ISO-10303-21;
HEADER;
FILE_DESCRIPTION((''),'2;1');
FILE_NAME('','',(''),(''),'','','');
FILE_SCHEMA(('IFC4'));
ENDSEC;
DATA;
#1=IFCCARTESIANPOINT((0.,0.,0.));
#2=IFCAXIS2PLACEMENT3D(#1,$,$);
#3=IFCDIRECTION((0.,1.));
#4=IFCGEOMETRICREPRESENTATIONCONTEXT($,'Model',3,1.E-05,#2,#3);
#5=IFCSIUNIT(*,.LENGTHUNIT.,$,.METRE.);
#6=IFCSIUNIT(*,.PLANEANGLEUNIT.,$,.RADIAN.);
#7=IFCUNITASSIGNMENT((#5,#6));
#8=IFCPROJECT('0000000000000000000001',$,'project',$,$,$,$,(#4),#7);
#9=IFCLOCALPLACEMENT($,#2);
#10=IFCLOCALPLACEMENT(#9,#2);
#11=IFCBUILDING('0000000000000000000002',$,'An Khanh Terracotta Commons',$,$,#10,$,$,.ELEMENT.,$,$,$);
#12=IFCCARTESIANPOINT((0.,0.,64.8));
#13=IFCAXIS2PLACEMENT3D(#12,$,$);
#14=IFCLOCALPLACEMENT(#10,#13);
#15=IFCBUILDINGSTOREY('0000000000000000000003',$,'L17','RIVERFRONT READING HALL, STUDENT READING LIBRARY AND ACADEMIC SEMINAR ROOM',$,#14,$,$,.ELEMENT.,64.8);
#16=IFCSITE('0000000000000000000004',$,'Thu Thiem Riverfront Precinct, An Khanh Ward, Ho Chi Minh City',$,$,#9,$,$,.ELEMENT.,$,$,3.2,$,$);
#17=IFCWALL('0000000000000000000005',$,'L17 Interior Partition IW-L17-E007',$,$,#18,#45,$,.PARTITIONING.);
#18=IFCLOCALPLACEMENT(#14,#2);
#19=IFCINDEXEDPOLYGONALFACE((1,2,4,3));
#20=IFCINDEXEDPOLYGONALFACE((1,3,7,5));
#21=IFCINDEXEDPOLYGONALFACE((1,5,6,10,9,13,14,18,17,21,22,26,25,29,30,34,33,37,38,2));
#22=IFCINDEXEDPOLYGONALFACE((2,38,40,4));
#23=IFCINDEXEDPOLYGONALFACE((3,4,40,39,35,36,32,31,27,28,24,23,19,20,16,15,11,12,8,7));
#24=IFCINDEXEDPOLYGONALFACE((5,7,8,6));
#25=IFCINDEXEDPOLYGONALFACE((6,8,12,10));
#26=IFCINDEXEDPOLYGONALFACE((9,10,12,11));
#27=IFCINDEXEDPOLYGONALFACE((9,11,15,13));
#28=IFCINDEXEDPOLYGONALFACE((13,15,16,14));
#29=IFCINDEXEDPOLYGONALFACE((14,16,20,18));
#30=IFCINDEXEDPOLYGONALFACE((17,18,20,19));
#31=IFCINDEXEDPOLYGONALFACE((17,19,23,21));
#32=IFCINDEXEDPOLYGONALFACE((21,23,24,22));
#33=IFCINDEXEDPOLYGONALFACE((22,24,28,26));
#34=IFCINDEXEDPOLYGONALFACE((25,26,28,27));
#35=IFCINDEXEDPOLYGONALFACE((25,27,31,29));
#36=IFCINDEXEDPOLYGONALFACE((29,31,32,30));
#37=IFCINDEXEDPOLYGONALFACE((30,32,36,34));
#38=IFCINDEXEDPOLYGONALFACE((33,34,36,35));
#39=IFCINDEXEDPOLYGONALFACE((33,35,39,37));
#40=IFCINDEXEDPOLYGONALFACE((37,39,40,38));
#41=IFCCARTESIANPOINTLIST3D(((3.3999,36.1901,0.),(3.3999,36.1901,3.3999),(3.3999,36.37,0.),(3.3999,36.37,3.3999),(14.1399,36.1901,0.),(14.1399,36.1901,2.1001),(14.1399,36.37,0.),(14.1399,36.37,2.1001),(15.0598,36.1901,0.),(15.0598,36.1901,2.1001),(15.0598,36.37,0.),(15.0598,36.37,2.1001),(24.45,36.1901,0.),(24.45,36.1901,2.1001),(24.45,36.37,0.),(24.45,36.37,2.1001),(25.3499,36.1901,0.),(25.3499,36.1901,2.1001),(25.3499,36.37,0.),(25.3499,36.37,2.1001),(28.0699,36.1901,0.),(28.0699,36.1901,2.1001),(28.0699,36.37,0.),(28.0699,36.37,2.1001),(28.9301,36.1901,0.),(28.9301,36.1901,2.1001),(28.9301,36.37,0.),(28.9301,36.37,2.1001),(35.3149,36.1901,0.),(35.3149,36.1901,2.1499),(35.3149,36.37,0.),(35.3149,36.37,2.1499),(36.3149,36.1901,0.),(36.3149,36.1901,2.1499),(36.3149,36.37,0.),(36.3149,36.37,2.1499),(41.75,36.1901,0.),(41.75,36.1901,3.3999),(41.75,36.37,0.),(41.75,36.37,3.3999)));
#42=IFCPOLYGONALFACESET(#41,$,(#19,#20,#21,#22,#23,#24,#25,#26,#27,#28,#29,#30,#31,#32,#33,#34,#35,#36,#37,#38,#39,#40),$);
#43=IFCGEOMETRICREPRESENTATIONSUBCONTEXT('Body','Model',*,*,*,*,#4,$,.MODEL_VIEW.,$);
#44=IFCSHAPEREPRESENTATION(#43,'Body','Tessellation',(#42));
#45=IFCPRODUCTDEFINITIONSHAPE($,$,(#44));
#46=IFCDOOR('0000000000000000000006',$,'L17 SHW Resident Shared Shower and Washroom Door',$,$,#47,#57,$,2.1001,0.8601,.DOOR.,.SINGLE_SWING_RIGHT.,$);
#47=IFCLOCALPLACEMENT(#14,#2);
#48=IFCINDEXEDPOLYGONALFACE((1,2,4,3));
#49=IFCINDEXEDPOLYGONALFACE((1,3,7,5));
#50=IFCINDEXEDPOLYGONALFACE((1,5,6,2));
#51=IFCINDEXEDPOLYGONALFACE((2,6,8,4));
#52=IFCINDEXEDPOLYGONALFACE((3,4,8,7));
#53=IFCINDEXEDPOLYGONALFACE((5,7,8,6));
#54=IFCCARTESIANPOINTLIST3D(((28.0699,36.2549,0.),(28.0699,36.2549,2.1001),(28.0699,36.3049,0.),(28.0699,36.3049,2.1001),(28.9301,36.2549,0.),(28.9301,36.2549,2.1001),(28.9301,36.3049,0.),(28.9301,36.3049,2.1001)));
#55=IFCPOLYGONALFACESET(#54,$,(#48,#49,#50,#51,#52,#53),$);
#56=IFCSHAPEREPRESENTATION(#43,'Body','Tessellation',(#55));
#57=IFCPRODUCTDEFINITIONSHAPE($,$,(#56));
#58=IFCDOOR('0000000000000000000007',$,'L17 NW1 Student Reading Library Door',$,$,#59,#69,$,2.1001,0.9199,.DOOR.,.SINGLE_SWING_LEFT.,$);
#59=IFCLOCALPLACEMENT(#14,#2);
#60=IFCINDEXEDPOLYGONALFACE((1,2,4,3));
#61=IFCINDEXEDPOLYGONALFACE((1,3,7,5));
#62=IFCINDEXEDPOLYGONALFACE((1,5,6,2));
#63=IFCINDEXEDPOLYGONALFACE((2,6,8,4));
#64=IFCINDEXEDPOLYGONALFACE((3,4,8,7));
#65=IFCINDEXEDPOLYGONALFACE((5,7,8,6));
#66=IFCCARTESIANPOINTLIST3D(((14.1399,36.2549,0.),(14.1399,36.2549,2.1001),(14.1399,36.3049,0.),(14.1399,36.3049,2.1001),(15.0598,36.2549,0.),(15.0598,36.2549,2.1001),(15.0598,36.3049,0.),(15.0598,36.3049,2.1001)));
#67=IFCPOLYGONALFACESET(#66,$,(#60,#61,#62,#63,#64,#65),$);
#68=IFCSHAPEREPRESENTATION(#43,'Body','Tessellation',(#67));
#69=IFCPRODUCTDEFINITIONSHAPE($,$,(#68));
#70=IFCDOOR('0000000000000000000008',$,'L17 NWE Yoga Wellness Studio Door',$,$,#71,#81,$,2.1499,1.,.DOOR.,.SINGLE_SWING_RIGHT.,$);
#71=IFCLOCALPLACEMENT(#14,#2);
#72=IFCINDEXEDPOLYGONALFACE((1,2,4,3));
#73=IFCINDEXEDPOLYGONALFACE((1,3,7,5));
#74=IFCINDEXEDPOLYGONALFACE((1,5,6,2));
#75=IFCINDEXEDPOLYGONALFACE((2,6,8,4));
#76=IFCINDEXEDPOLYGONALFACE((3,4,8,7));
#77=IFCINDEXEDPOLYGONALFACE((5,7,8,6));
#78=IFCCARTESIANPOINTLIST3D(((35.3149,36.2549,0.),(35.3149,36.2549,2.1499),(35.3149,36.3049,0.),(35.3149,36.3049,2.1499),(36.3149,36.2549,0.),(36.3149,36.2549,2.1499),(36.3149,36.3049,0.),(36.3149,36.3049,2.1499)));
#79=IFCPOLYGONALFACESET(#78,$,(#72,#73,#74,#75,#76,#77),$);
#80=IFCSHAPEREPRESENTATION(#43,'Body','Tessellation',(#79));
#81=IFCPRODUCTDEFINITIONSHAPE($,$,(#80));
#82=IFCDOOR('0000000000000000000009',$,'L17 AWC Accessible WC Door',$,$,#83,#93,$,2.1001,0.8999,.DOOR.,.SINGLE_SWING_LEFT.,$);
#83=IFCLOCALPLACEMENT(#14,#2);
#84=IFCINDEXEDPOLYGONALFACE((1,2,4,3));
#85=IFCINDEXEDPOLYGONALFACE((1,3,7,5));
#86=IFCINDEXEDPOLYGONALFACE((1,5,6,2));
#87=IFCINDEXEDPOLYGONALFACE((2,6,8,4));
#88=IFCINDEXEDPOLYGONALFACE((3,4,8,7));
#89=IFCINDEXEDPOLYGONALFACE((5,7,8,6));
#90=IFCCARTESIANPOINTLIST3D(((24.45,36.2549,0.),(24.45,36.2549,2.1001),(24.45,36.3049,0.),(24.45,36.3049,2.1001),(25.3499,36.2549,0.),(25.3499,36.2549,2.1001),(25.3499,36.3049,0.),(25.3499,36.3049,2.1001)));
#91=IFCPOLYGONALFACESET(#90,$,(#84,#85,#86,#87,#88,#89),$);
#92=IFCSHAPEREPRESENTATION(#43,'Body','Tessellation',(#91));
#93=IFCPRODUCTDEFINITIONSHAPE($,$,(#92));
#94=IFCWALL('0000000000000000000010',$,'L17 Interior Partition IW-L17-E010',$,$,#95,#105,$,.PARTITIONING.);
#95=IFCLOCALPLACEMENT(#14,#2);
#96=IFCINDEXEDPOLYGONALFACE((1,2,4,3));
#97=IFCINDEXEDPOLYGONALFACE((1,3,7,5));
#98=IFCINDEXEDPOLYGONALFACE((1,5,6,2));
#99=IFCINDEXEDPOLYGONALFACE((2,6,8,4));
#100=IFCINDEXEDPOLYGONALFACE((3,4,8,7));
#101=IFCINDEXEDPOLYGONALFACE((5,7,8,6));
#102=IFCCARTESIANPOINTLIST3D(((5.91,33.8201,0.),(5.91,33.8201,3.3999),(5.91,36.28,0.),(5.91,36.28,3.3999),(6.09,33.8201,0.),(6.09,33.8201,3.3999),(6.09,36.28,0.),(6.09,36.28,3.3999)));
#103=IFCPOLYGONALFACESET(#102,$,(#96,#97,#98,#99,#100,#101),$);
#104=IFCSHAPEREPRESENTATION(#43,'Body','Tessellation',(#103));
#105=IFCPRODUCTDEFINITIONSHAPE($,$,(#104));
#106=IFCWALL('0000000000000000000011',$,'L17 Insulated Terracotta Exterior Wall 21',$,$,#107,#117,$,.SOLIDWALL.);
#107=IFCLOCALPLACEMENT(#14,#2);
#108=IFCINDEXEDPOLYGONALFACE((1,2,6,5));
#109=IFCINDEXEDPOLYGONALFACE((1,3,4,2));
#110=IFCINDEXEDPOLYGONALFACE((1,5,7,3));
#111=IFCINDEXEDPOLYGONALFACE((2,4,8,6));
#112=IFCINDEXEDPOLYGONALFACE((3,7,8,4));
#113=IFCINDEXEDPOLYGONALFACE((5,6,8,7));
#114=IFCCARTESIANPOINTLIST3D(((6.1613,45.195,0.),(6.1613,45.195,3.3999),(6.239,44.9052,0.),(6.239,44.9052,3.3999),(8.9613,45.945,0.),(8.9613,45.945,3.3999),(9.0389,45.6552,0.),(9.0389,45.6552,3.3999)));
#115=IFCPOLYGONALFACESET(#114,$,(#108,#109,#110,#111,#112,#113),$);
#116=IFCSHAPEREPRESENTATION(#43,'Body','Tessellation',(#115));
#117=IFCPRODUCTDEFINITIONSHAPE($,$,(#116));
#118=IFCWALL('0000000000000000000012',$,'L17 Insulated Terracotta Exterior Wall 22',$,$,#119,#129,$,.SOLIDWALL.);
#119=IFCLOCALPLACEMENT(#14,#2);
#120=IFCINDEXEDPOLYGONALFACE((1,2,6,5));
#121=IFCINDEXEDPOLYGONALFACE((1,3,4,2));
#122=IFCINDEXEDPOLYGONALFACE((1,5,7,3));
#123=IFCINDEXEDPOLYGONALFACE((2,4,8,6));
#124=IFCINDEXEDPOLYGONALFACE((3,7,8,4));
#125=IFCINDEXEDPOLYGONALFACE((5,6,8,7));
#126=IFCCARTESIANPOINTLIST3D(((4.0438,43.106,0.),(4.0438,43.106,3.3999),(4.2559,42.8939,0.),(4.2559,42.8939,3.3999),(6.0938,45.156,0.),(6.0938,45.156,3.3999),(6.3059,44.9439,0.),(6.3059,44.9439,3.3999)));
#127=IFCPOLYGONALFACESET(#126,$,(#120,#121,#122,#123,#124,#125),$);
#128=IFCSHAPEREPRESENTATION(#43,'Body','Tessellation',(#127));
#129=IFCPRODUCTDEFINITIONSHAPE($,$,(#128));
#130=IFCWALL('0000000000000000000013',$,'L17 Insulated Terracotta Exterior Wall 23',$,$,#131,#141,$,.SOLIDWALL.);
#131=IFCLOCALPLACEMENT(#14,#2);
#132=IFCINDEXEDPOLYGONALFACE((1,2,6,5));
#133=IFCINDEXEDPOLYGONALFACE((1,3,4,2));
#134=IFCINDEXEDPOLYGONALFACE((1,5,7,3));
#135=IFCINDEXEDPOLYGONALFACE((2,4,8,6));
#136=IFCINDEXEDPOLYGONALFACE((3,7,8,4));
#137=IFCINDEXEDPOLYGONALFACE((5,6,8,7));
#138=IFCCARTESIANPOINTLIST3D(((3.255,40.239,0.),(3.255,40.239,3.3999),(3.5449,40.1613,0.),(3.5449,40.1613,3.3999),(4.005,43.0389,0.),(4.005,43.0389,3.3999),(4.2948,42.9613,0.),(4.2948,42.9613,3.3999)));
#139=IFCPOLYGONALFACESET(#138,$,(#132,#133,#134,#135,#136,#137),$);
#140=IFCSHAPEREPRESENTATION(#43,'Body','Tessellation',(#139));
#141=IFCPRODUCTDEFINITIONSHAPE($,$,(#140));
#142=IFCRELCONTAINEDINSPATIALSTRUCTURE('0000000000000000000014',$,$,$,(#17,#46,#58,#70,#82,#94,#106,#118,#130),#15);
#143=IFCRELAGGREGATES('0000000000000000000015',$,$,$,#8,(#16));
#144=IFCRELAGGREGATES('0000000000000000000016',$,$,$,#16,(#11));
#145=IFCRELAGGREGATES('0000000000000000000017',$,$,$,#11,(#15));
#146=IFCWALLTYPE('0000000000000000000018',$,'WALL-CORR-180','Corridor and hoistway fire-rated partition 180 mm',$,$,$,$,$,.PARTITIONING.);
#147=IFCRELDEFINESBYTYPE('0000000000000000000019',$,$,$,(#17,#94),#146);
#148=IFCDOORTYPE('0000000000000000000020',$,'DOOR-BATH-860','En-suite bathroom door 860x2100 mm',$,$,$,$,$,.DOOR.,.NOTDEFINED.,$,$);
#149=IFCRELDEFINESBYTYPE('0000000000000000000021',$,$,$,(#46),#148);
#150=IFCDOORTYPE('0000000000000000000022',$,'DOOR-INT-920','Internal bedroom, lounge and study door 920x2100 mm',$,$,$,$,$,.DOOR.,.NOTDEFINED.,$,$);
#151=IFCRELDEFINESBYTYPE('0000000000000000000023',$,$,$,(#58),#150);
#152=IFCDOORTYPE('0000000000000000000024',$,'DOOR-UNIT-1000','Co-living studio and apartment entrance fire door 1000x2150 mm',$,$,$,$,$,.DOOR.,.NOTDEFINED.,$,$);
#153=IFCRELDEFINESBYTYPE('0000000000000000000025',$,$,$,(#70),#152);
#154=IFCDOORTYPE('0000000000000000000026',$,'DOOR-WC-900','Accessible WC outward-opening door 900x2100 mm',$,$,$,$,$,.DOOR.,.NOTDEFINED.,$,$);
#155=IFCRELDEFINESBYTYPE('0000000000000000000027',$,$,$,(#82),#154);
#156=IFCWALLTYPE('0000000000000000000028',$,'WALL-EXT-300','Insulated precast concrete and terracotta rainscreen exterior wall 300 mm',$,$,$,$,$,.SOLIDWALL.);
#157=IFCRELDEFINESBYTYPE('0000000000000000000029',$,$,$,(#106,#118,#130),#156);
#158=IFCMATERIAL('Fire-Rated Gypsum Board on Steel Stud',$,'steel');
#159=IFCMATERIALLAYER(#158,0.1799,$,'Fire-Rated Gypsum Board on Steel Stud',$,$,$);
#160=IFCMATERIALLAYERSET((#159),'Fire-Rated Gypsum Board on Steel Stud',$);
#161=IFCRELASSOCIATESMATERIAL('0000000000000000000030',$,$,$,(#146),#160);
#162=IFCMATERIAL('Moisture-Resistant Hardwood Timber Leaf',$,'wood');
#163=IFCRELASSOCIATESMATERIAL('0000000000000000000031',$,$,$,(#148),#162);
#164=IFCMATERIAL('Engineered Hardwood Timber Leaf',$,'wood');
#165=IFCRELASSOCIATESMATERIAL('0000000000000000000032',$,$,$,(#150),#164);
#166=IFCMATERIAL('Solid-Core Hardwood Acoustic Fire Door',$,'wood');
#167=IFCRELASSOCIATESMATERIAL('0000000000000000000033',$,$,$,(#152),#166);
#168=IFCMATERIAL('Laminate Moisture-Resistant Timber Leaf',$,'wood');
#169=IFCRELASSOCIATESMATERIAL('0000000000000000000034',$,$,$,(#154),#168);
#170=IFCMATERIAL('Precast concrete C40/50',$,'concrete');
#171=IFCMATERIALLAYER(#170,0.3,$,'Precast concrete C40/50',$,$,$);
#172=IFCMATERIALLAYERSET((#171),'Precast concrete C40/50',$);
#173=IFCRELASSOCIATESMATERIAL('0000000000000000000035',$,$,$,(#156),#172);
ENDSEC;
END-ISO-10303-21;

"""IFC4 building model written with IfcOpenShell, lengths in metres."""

from ifc_helpers import new_model, si_unit, direction, frame, frame_2d, origin, place, context, subcontext, project, spatial, rectangle, extrude, material, layer, layer_set, type_object, element, fill, save


model = new_model("IFC4")

# Units and contexts
model_context = context("Model", 3, precision=1e-05, world=origin(), true_north=direction((0.0, 1.0)))
body_context = subcontext(model_context, "Body", "Model", "MODEL_VIEW")
ifc_project = project(units=[si_unit("LENGTHUNIT", "METRE"), si_unit("PLANEANGLEUNIT", "RADIAN")], contexts=[model_context])

# Site, building, storey
site_placement = place(None, origin())
site = spatial("IfcSite", under=ifc_project, at=site_placement, Name="Thu Thiem Riverfront Precinct, An Khanh Ward, Ho Chi Minh City", CompositionType="ELEMENT", RefElevation=3.2)
building_placement = place(site_placement, origin())
building = spatial("IfcBuilding", under=site, at=building_placement, Name="An Khanh Terracotta Commons", CompositionType="ELEMENT")
storey_placement = place(building_placement, frame((0.0, 0.0, 64.8)))
storey = spatial("IfcBuildingStorey", under=building, at=storey_placement, Name="L17", Description="RIVERFRONT READING HALL, STUDENT READING LIBRARY AND ACADEMIC SEMINAR ROOM", CompositionType="ELEMENT", Elevation=64.8)

# Wall, openings, doors
ifc_material_1 = material(Name="Fire-Rated Gypsum Board on Steel Stud", Category="steel")
ifc_layer_1 = layer(ifc_material_1, 0.1799, Name="Fire-Rated Gypsum Board on Steel Stud")
ifc_layer_set_1 = layer_set([ifc_layer_1], Name="Fire-Rated Gypsum Board on Steel Stud")
wall_type_1 = type_object("IfcWallType", Name="WALL-CORR-180", Description="Corridor and hoistway fire-rated partition 180 mm", PredefinedType="PARTITIONING", material=ifc_layer_set_1)
wall_1_placement = place(storey_placement, frame((3.3999, 36.28, 0.0), z_axis=(0.0, 0.0, 1.0), x_axis=(1.0, 0.0, 0.0)))
wall_1 = element("IfcWall", 1, at=wall_1_placement, inside=storey, type_object=wall_type_1, Name="L17 Interior Partition IW-L17-E007", PredefinedType="PARTITIONING", context=body_context, shape_type="SweptSolid", body=[
    extrude(rectangle(XDim=38.3501, YDim=0.1799, at=frame_2d((19.175, 0.0))), origin(), (0.0, 0.0, 1.0), 3.3999),
])
opening_1_placement = place(wall_1_placement, frame((21.05, 0.0, 0.0)))
opening_1 = element("IfcOpeningElement", 2, at=opening_1_placement, cuts=wall_1, PredefinedType="OPENING", context=body_context, shape_type="SweptSolid", body=[
    extrude(rectangle(XDim=0.8999, YDim=2.1001, at=frame_2d((0.45, 1.05))), frame((0.0, 0.0999, 0.0), z_axis=(0.0, -1.0, 0.0), x_axis=(1.0, 0.0, 0.0)), (0.0, 0.0, 1.0), 0.2),
])
opening_2_placement = place(wall_1_placement, frame((24.6699, 0.0, 0.0)))
opening_2 = element("IfcOpeningElement", 3, at=opening_2_placement, cuts=wall_1, PredefinedType="OPENING", context=body_context, shape_type="SweptSolid", body=[
    extrude(rectangle(XDim=0.8601, YDim=2.1001, at=frame_2d((0.4302, 1.05))), frame((0.0, 0.0999, 0.0), z_axis=(0.0, -1.0, 0.0), x_axis=(1.0, 0.0, 0.0)), (0.0, 0.0, 1.0), 0.2),
])
opening_3_placement = place(wall_1_placement, frame((10.74, 0.0, 0.0)))
opening_3 = element("IfcOpeningElement", 4, at=opening_3_placement, cuts=wall_1, PredefinedType="OPENING", context=body_context, shape_type="SweptSolid", body=[
    extrude(rectangle(XDim=0.9199, YDim=2.1001, at=frame_2d((0.46, 1.05))), frame((0.0, 0.0999, 0.0), z_axis=(0.0, -1.0, 0.0), x_axis=(1.0, 0.0, 0.0)), (0.0, 0.0, 1.0), 0.2),
])
opening_4_placement = place(wall_1_placement, frame((31.915, 0.0, 0.0)))
opening_4 = element("IfcOpeningElement", 5, at=opening_4_placement, cuts=wall_1, PredefinedType="OPENING", context=body_context, shape_type="SweptSolid", body=[
    extrude(rectangle(XDim=1.0, YDim=2.1499, at=frame_2d((0.5, 1.075))), frame((0.0, 0.0999, 0.0), z_axis=(0.0, -1.0, 0.0), x_axis=(1.0, 0.0, 0.0)), (0.0, 0.0, 1.0), 0.2),
])
ifc_material_2 = material(Name="Moisture-Resistant Hardwood Timber Leaf", Category="wood")
door_type_1 = type_object("IfcDoorType", Name="DOOR-BATH-860", Description="En-suite bathroom door 860x2100 mm", OperationType="NOTDEFINED", PredefinedType="DOOR", material=ifc_material_2)
door_1_placement = place(opening_2_placement, origin())
door_1 = element("IfcDoor", 6, at=door_1_placement, inside=storey, type_object=door_type_1, Name="L17 SHW Resident Shared Shower and Washroom Door", OperationType="SINGLE_SWING_RIGHT", OverallHeight=2.1001, OverallWidth=0.8601, PredefinedType="DOOR", context=body_context, shape_type="SweptSolid", body=[
    extrude(rectangle(XDim=0.8601, YDim=2.1001, at=frame_2d((0.4302, 1.05))), frame((0.0, 0.0249, 0.0), z_axis=(0.0, -1.0, 0.0), x_axis=(1.0, 0.0, 0.0)), (0.0, 0.0, 1.0), 0.05),
])
fill(opening_2, door_1)
ifc_material_3 = material(Name="Engineered Hardwood Timber Leaf", Category="wood")
door_type_2 = type_object("IfcDoorType", Name="DOOR-INT-920", Description="Internal bedroom, lounge and study door 920x2100 mm", OperationType="NOTDEFINED", PredefinedType="DOOR", material=ifc_material_3)
door_2_placement = place(opening_3_placement, origin())
door_2 = element("IfcDoor", 7, at=door_2_placement, inside=storey, type_object=door_type_2, Name="L17 NW1 Student Reading Library Door", OperationType="SINGLE_SWING_LEFT", OverallHeight=2.1001, OverallWidth=0.9199, PredefinedType="DOOR", context=body_context, shape_type="SweptSolid", body=[
    extrude(rectangle(XDim=0.9199, YDim=2.1001, at=frame_2d((0.46, 1.05))), frame((0.0, 0.0249, 0.0), z_axis=(0.0, -1.0, 0.0), x_axis=(1.0, 0.0, 0.0)), (0.0, 0.0, 1.0), 0.05),
])
fill(opening_3, door_2)
ifc_material_4 = material(Name="Solid-Core Hardwood Acoustic Fire Door", Category="wood")
door_type_3 = type_object("IfcDoorType", Name="DOOR-UNIT-1000", Description="Co-living studio and apartment entrance fire door 1000x2150 mm", OperationType="NOTDEFINED", PredefinedType="DOOR", material=ifc_material_4)
door_3_placement = place(opening_4_placement, origin())
door_3 = element("IfcDoor", 8, at=door_3_placement, inside=storey, type_object=door_type_3, Name="L17 NWE Yoga Wellness Studio Door", OperationType="SINGLE_SWING_RIGHT", OverallHeight=2.1499, OverallWidth=1.0, PredefinedType="DOOR", context=body_context, shape_type="SweptSolid", body=[
    extrude(rectangle(XDim=1.0, YDim=2.1499, at=frame_2d((0.5, 1.075))), frame((0.0, 0.0249, 0.0), z_axis=(0.0, -1.0, 0.0), x_axis=(1.0, 0.0, 0.0)), (0.0, 0.0, 1.0), 0.05),
])
fill(opening_4, door_3)
ifc_material_5 = material(Name="Laminate Moisture-Resistant Timber Leaf", Category="wood")
door_type_4 = type_object("IfcDoorType", Name="DOOR-WC-900", Description="Accessible WC outward-opening door 900x2100 mm", OperationType="NOTDEFINED", PredefinedType="DOOR", material=ifc_material_5)
door_4_placement = place(opening_1_placement, origin())
door_4 = element("IfcDoor", 9, at=door_4_placement, inside=storey, type_object=door_type_4, Name="L17 AWC Accessible WC Door", OperationType="SINGLE_SWING_LEFT", OverallHeight=2.1001, OverallWidth=0.8999, PredefinedType="DOOR", context=body_context, shape_type="SweptSolid", body=[
    extrude(rectangle(XDim=0.8999, YDim=2.1001, at=frame_2d((0.45, 1.05))), frame((0.0, 0.0249, 0.0), z_axis=(0.0, -1.0, 0.0), x_axis=(1.0, 0.0, 0.0)), (0.0, 0.0, 1.0), 0.05),
])
fill(opening_1, door_4)

# Walls
wall_2_placement = place(storey_placement, frame((6.0, 33.8201, 0.0), z_axis=(0.0, 0.0, 1.0), x_axis=(0.0, 1.0, 0.0)))
element("IfcWall", 10, at=wall_2_placement, inside=storey, type_object=wall_type_1, Name="L17 Interior Partition IW-L17-E010", PredefinedType="PARTITIONING", context=body_context, shape_type="SweptSolid", body=[
    extrude(rectangle(XDim=2.46, YDim=0.1799, at=frame_2d((1.23, 0.0))), origin(), (0.0, 0.0, 1.0), 3.3999),
])
ifc_material_6 = material(Name="Precast concrete C40/50", Category="concrete")
ifc_layer_2 = layer(ifc_material_6, 0.3, Name="Precast concrete C40/50")
ifc_layer_set_2 = layer_set([ifc_layer_2], Name="Precast concrete C40/50")
wall_type_2 = type_object("IfcWallType", Name="WALL-EXT-300", Description="Insulated precast concrete and terracotta rainscreen exterior wall 300 mm", PredefinedType="SOLIDWALL", material=ifc_layer_set_2)
wall_3_placement = place(storey_placement, frame((9.0, 45.8, 0.0), z_axis=(0.0, 0.0, 1.0), x_axis=(-0.965949, -0.258732, 0.0)))
element("IfcWall", 11, at=wall_3_placement, inside=storey, type_object=wall_type_2, Name="L17 Insulated Terracotta Exterior Wall 21", PredefinedType="SOLIDWALL", context=body_context, shape_type="SweptSolid", body=[
    extrude(rectangle(XDim=2.8987, YDim=0.3, at=frame_2d((1.4492, 0.0))), origin(), (0.0, 0.0, 1.0), 3.3999),
])
wall_4_placement = place(storey_placement, frame((6.2, 45.05, 0.0), z_axis=(0.0, 0.0, 1.0), x_axis=(-0.707107, -0.707107, 0.0)))
element("IfcWall", 12, at=wall_4_placement, inside=storey, type_object=wall_type_2, Name="L17 Insulated Terracotta Exterior Wall 22", PredefinedType="SOLIDWALL", context=body_context, shape_type="SweptSolid", body=[
    extrude(rectangle(XDim=2.8992, YDim=0.3, at=frame_2d((1.4497, 0.0))), origin(), (0.0, 0.0, 1.0), 3.3999),
])
wall_5_placement = place(storey_placement, frame((4.1499, 43.0, 0.0), z_axis=(0.0, 0.0, 1.0), x_axis=(-0.258732, -0.965949, 0.0)))
element("IfcWall", 13, at=wall_5_placement, inside=storey, type_object=wall_type_2, Name="L17 Insulated Terracotta Exterior Wall 23", PredefinedType="SOLIDWALL", context=body_context, shape_type="SweptSolid", body=[
    extrude(rectangle(XDim=2.8987, YDim=0.3, at=frame_2d((1.4492, 0.0))), origin(), (0.0, 0.0, 1.0), 3.3999),
])

save(model, "model.ifc")
